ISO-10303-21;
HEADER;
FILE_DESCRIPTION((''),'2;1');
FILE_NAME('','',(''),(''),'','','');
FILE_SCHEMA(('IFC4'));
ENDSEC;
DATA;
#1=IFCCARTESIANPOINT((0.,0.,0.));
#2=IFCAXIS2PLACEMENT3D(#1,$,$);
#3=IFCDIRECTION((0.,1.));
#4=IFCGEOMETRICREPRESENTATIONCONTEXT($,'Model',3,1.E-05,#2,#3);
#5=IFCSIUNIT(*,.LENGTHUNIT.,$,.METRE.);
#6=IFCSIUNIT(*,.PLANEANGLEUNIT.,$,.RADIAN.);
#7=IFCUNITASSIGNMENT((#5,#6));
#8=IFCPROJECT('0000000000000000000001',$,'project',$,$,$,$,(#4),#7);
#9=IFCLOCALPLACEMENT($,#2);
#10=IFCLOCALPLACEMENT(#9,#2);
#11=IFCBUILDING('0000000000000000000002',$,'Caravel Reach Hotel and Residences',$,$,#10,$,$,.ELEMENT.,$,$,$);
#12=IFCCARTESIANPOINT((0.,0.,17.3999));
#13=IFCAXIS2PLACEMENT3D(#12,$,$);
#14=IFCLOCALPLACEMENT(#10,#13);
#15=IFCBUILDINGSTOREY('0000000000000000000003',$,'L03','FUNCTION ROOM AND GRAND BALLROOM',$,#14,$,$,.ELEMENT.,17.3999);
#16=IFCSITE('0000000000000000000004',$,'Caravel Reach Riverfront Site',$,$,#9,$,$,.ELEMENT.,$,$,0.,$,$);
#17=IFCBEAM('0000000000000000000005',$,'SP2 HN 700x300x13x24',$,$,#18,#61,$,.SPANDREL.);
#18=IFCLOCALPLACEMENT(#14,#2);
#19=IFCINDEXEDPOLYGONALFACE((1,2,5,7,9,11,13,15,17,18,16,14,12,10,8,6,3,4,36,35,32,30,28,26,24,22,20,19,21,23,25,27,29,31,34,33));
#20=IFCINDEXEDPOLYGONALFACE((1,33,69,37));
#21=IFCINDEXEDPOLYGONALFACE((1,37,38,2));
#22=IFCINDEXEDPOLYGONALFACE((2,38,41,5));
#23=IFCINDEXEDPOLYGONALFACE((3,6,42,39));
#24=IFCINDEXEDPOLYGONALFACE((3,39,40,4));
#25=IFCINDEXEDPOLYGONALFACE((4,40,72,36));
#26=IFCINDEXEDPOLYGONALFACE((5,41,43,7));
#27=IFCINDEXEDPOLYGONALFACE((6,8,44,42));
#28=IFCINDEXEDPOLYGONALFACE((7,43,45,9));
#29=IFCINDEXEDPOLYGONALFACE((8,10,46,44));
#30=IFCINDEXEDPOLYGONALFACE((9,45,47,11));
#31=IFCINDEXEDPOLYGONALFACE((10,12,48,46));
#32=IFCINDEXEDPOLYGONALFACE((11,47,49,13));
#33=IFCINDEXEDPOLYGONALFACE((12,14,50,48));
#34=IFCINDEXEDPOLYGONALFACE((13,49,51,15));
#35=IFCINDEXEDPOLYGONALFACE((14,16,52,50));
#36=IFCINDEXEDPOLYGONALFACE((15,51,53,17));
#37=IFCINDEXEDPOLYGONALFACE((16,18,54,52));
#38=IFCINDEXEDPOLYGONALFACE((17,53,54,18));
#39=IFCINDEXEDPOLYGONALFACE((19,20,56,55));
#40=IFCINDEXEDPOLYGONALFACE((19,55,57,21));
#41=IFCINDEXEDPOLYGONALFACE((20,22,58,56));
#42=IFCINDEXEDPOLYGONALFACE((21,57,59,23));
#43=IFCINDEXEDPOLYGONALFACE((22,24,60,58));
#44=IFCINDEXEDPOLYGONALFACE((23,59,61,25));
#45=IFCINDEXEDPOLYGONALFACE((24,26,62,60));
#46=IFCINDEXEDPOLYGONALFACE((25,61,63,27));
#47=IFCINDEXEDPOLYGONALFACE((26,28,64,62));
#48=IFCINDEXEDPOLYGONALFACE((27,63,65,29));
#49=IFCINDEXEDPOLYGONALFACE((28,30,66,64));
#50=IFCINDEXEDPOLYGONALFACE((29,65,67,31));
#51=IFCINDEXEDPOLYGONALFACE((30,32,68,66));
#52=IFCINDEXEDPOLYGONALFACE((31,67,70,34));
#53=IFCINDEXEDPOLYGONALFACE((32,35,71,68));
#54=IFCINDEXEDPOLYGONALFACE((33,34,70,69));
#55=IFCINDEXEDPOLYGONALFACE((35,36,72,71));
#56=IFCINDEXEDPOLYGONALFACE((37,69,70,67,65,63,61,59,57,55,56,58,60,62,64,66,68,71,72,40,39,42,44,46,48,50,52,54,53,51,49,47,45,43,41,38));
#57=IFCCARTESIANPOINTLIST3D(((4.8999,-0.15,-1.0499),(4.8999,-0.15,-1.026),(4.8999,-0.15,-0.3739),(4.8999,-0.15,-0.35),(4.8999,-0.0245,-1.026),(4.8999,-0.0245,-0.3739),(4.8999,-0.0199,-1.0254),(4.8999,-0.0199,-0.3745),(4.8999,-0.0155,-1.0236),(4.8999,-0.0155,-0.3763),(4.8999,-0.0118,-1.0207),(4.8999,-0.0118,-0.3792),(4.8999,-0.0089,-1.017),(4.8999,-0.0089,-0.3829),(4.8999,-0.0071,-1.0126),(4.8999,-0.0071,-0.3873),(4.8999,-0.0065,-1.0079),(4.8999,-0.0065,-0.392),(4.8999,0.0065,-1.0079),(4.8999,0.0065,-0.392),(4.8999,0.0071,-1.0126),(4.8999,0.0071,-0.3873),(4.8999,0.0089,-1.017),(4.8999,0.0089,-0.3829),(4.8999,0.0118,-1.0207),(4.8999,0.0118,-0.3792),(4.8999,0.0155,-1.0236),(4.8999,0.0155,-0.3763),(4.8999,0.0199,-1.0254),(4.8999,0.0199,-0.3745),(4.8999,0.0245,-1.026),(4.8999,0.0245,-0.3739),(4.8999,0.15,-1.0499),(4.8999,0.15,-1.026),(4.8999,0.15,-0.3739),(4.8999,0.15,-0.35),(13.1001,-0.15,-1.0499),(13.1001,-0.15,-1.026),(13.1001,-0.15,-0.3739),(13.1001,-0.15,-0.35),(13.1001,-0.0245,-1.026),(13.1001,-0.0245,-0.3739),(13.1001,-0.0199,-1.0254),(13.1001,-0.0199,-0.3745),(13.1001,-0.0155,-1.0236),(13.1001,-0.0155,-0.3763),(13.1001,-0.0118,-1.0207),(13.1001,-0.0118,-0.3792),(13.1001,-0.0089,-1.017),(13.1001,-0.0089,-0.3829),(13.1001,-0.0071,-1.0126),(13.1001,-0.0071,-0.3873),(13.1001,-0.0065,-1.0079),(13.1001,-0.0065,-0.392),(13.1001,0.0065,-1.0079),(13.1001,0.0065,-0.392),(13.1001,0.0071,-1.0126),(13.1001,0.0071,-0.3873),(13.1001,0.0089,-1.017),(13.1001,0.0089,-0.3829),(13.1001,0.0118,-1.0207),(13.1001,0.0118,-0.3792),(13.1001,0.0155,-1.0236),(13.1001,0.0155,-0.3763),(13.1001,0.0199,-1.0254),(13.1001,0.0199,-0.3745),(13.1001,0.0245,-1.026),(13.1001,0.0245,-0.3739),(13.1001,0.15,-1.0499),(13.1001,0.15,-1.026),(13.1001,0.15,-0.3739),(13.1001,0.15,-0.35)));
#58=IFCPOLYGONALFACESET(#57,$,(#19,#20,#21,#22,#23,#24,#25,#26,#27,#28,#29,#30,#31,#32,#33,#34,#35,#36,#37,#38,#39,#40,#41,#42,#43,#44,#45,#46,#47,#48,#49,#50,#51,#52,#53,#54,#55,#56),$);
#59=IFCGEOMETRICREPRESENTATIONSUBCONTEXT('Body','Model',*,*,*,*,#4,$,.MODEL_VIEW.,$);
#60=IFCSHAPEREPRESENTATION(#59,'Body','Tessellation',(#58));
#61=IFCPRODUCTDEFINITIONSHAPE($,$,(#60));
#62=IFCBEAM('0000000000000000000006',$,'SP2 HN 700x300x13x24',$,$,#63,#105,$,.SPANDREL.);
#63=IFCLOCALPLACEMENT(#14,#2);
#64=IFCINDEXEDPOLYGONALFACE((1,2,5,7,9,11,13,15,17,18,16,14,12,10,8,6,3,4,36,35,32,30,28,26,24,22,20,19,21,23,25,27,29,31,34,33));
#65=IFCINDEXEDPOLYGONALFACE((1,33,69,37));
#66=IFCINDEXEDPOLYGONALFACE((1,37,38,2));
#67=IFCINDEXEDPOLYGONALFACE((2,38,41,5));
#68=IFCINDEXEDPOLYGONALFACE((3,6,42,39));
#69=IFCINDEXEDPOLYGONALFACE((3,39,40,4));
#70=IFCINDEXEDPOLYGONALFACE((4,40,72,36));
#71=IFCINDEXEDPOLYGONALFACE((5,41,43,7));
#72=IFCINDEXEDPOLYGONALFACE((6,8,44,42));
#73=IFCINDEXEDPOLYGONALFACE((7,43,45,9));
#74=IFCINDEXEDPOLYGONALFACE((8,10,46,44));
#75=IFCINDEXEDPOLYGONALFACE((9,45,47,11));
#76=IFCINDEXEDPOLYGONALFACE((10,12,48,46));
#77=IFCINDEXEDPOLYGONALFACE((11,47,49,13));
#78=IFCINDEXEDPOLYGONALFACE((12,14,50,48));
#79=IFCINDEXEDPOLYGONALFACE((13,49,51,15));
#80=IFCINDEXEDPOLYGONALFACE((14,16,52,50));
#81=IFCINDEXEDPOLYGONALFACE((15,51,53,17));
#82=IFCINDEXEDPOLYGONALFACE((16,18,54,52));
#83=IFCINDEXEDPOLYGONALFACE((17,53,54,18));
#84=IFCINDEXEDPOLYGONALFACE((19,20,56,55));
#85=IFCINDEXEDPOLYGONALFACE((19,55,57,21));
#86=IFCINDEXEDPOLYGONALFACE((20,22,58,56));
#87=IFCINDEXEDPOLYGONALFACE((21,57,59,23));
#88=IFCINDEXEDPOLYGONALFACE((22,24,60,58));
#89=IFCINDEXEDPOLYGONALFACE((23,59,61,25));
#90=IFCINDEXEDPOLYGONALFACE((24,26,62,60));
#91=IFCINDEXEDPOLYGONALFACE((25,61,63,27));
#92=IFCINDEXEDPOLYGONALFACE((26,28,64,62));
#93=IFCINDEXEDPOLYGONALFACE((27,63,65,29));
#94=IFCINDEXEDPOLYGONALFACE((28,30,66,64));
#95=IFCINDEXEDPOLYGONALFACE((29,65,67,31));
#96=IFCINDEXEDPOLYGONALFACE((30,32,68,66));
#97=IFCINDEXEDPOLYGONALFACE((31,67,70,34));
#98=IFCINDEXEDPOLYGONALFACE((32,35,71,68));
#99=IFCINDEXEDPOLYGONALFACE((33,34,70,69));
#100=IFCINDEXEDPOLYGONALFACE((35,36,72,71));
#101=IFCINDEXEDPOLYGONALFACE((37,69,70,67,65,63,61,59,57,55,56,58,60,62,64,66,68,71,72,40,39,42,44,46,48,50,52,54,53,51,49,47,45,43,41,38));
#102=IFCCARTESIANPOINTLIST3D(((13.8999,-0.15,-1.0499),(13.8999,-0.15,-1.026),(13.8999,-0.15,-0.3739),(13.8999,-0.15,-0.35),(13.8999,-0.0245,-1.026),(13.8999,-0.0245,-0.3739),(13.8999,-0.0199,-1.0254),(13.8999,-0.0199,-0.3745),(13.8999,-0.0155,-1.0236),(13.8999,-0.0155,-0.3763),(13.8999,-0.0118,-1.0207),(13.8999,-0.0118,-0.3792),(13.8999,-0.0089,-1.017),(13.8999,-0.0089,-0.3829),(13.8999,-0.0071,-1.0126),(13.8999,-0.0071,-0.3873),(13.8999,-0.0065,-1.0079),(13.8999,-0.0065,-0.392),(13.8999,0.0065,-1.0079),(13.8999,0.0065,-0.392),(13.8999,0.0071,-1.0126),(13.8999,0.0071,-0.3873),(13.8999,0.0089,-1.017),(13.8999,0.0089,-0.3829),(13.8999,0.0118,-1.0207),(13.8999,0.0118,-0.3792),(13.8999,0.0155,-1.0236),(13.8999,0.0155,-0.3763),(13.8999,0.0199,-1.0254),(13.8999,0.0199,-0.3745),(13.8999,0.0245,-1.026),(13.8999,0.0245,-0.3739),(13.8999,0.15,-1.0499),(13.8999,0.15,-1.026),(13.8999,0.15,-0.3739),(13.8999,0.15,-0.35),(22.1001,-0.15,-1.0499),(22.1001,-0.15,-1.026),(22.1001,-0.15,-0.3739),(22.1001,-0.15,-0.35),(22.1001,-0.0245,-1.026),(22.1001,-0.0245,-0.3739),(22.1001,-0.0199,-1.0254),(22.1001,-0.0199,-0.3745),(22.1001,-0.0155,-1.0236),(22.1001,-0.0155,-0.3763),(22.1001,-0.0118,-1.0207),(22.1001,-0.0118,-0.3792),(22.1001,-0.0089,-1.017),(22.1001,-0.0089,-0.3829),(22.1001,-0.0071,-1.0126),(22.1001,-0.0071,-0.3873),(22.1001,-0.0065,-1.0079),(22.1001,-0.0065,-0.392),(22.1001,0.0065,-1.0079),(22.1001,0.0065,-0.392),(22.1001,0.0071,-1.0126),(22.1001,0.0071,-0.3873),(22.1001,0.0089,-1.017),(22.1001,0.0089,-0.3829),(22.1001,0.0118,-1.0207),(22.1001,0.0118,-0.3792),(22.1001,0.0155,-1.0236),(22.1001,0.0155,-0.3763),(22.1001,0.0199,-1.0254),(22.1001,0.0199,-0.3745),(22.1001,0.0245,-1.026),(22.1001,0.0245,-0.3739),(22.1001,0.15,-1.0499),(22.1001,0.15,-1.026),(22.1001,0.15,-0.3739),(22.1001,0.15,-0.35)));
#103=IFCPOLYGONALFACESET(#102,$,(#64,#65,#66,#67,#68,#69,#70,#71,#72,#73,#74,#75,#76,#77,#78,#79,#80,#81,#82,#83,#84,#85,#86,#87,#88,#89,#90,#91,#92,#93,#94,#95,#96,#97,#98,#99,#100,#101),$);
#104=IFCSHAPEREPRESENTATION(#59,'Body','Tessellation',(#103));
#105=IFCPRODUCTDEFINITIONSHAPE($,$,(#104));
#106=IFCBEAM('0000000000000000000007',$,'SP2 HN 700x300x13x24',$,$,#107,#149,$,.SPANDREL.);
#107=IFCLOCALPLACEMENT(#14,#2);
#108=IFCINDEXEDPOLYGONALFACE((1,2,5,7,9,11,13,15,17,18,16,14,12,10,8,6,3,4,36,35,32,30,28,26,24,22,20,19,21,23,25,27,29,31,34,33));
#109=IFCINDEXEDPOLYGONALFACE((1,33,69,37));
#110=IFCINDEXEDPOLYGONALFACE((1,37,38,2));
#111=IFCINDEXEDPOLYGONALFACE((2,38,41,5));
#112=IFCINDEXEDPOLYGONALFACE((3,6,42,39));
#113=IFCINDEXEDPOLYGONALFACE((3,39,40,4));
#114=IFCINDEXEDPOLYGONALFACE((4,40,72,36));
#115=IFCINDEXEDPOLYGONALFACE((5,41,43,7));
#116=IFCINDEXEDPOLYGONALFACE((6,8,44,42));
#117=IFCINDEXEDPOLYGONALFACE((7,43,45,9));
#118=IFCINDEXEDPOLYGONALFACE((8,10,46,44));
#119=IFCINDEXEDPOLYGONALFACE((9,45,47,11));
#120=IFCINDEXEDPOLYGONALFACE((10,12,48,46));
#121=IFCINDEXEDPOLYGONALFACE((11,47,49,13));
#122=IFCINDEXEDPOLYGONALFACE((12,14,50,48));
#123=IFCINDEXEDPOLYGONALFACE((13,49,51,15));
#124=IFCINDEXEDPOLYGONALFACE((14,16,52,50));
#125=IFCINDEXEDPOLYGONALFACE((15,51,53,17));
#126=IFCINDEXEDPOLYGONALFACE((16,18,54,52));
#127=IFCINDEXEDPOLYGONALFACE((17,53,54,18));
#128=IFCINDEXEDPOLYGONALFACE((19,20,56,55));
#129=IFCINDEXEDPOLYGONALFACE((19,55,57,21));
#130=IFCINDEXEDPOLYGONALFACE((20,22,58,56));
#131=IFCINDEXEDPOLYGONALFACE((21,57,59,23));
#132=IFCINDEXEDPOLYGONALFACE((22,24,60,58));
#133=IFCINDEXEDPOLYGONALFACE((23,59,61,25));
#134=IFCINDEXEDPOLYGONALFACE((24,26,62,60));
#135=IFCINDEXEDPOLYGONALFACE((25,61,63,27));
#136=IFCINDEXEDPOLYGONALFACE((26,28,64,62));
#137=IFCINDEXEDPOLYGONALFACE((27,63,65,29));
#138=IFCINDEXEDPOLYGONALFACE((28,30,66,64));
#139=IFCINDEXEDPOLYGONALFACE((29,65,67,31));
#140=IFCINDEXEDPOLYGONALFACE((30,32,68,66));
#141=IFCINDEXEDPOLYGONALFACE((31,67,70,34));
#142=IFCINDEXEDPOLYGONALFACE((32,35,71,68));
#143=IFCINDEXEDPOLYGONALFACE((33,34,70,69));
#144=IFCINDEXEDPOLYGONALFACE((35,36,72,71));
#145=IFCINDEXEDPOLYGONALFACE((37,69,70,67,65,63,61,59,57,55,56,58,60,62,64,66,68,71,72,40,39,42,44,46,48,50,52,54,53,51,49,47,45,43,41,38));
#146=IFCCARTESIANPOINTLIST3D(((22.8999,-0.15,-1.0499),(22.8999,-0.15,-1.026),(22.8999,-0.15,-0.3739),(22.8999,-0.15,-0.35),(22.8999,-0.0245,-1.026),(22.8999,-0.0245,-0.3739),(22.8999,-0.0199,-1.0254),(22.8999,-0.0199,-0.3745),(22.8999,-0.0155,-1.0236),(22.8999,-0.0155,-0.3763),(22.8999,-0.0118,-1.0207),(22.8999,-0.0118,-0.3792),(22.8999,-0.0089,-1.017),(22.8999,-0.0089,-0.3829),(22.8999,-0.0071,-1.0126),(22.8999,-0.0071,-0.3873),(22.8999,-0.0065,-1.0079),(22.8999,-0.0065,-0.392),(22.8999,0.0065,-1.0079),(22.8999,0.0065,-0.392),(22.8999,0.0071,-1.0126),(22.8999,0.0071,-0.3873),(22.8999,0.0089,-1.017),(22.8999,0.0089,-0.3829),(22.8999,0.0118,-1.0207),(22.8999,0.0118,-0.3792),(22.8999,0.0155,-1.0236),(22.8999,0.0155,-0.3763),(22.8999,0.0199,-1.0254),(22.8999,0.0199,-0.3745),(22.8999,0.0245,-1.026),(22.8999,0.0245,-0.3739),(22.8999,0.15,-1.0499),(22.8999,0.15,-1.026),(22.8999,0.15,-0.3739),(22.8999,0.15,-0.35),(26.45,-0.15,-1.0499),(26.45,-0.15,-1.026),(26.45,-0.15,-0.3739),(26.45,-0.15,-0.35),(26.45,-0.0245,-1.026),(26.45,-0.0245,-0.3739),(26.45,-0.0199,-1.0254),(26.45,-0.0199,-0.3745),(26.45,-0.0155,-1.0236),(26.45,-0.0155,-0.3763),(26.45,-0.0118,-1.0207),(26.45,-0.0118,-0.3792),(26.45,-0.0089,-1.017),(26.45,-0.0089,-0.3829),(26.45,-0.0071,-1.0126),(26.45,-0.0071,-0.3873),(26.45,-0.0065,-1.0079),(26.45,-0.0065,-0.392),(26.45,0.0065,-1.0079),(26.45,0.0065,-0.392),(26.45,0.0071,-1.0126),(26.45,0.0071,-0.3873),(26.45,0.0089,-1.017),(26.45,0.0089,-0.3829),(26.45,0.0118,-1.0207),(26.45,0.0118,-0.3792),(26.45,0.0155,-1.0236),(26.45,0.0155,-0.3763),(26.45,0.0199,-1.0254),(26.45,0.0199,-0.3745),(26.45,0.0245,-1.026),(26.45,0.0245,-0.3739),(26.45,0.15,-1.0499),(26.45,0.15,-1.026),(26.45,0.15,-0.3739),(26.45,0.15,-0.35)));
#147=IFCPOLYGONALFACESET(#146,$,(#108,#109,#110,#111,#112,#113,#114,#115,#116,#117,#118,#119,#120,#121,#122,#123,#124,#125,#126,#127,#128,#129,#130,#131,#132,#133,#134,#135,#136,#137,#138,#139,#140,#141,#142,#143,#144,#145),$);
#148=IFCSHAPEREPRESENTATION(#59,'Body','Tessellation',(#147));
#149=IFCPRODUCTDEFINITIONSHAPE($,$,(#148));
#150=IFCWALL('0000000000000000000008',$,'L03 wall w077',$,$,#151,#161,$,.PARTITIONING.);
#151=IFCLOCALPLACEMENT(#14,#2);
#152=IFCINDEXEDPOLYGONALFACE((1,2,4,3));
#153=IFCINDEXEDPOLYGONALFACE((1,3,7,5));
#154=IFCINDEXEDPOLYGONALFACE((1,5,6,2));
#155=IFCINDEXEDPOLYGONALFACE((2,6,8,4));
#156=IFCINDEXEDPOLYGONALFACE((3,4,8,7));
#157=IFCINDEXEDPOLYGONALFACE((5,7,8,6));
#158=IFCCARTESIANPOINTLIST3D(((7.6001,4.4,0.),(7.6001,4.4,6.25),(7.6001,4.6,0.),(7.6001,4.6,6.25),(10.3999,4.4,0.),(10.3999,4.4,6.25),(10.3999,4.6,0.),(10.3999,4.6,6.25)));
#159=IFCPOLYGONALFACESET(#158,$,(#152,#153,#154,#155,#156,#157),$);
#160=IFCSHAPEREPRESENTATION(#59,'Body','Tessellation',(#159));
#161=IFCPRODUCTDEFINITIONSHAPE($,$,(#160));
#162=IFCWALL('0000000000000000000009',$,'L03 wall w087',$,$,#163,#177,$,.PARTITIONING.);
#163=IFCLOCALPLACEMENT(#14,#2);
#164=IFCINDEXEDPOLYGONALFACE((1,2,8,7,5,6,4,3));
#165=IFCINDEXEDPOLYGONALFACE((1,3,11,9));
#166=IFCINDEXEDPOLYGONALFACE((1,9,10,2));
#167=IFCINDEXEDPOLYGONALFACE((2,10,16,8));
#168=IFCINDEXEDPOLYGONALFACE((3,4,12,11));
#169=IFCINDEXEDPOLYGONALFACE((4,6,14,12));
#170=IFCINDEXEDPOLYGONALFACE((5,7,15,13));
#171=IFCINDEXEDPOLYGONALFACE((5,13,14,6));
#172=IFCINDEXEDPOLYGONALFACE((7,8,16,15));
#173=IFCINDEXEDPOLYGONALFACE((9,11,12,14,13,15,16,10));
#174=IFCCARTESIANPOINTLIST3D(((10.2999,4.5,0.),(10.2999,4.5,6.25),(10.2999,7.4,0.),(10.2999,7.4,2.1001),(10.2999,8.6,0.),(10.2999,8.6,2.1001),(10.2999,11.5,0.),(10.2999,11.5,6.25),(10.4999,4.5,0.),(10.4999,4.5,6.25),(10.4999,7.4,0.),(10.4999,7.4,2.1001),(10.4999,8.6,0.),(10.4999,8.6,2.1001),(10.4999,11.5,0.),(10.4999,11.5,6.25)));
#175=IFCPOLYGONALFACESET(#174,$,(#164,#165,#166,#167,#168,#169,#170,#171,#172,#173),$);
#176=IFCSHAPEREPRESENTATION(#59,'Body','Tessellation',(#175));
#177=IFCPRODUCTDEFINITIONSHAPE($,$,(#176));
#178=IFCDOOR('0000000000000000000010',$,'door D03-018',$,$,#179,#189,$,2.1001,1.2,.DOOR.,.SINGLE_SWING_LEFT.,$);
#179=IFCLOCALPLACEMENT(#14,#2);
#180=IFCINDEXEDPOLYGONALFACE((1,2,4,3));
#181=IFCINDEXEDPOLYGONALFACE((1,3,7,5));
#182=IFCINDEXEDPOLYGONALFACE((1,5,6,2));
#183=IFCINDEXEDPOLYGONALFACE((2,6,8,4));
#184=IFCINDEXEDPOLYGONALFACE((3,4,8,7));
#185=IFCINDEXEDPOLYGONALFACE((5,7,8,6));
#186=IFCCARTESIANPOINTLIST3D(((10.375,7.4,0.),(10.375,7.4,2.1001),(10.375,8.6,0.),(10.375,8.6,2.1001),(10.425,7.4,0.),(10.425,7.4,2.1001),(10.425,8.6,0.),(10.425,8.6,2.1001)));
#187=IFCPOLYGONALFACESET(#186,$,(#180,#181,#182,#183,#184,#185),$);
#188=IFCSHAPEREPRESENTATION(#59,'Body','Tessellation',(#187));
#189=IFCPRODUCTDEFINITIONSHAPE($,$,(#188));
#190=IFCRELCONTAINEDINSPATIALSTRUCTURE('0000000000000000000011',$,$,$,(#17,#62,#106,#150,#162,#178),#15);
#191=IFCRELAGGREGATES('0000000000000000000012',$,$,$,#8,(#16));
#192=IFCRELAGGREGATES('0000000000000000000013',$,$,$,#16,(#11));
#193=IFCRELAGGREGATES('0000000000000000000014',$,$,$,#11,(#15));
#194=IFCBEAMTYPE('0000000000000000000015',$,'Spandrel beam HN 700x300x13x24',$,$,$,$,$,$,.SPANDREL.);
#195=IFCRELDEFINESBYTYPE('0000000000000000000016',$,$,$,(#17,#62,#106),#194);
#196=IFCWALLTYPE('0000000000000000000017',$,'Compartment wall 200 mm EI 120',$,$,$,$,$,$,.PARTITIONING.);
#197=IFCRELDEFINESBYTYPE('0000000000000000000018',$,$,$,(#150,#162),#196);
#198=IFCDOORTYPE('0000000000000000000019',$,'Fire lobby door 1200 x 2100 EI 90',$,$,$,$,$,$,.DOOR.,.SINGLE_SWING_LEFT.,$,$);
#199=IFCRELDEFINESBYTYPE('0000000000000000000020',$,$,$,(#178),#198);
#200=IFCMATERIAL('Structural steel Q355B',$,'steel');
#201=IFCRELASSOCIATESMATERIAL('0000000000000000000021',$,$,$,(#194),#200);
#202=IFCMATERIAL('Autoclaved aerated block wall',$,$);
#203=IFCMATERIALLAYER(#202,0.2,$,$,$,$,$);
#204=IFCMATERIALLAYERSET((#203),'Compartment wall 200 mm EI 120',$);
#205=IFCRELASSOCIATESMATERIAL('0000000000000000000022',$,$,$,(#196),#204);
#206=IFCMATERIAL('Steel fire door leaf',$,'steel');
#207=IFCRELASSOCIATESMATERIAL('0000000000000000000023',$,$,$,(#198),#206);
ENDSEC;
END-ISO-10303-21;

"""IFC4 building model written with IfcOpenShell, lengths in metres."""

from ifc_helpers import new_model, si_unit, direction, frame, frame_2d, origin, origin_2d, place, context, subcontext, project, spatial, rectangle, i_section, extrude, material, layer, layer_set, material_profile, profile_set, type_object, element, fill, save


model = new_model("IFC4")

# Units and contexts
model_context = context("Model", 3, precision=1e-05, world=origin(), true_north=direction((0.0, 1.0)))
body_context = subcontext(model_context, "Body", "Model", "MODEL_VIEW")
ifc_project = project(units=[si_unit("LENGTHUNIT", "METRE"), si_unit("PLANEANGLEUNIT", "RADIAN")], contexts=[model_context])

# Site, building, storey
site_placement = place(None, origin())
site = spatial("IfcSite", under=ifc_project, at=site_placement, Name="Caravel Reach Riverfront Site", CompositionType="ELEMENT", RefElevation=0.0)
building_placement = place(site_placement, origin())
building = spatial("IfcBuilding", under=site, at=building_placement, Name="Caravel Reach Hotel and Residences", CompositionType="ELEMENT")
storey_placement = place(building_placement, frame((0.0, 0.0, 17.3999)))
storey = spatial("IfcBuildingStorey", under=building, at=storey_placement, Name="L03", Description="FUNCTION ROOM AND GRAND BALLROOM", CompositionType="ELEMENT", Elevation=17.3999)

# Beams
ifc_material_1 = material(Name="Structural steel Q355B", Category="steel")
ifc_material_profile_1 = material_profile(ifc_material_1, i_section(OverallWidth=0.3, OverallDepth=0.7, WebThickness=0.0129, FlangeThickness=0.0239, FilletRadius=0.0181, at=origin_2d()), Name="HN 700x300x13x24")
ifc_profile_set_1 = profile_set([ifc_material_profile_1], Name="Structural steel Q355B")
beam_type = type_object("IfcBeamType", Name="Spandrel beam HN 700x300x13x24", PredefinedType="SPANDREL", material=ifc_profile_set_1)
for number, where, z_axis, x_axis, name in (
    (1, (4.8999, 0.0, -0.7), (1.0, 0.0, 0.0), (0.0, 1.0, 0.0), "SP2 HN 700x300x13x24"),
    (2, (13.8999, 0.0, -0.7), (1.0, 0.0, 0.0), (0.0, 1.0, 0.0), "SP2 HN 700x300x13x24"),
):
    element("IfcBeam", number, at=place(storey_placement, frame(where, z_axis=z_axis, x_axis=x_axis)), inside=storey, type_object=beam_type, Name=name, PredefinedType="SPANDREL", context=body_context, shape_type="SweptSolid", body=[
        extrude(i_section(OverallWidth=0.3, OverallDepth=0.7, WebThickness=0.0129, FlangeThickness=0.0239, FilletRadius=0.0181, at=origin_2d()), origin(), (0.0, 0.0, 1.0), 8.2002),
    ])
beam_placement = place(storey_placement, frame((22.8999, 0.0, -0.7), z_axis=(1.0, 0.0, 0.0), x_axis=(0.0, 1.0, 0.0)))
element("IfcBeam", 3, at=beam_placement, inside=storey, type_object=beam_type, Name="SP2 HN 700x300x13x24", PredefinedType="SPANDREL", context=body_context, shape_type="SweptSolid", body=[
    extrude(i_section(OverallWidth=0.3, OverallDepth=0.7, WebThickness=0.0129, FlangeThickness=0.0239, FilletRadius=0.0181, at=origin_2d()), origin(), (0.0, 0.0, 1.0), 3.55),
])

# Wall
ifc_material_2 = material(Name="Autoclaved aerated block wall")
ifc_layer_1 = layer(ifc_material_2, 0.2)
ifc_layer_set_1 = layer_set([ifc_layer_1], Name="Compartment wall 200 mm EI 120")
wall_type_1 = type_object("IfcWallType", Name="Compartment wall 200 mm EI 120", PredefinedType="PARTITIONING", material=ifc_layer_set_1)
wall_1_placement = place(storey_placement, frame((7.6001, 4.5, 0.0), z_axis=(0.0, 0.0, 1.0), x_axis=(1.0, 0.0, 0.0)))
element("IfcWall", 4, at=wall_1_placement, inside=storey, type_object=wall_type_1, Name="L03 wall w077", PredefinedType="PARTITIONING", context=body_context, shape_type="SweptSolid", body=[
    extrude(rectangle(XDim=2.7998, YDim=0.2, at=frame_2d((1.3999, 0.0))), origin(), (0.0, 0.0, 1.0), 6.25),
])

# Wall, opening, door
wall_2_placement = place(storey_placement, frame((10.3999, 4.5, 0.0), z_axis=(0.0, 0.0, 1.0), x_axis=(0.0, 1.0, 0.0)))
wall_2 = element("IfcWall", 5, at=wall_2_placement, inside=storey, type_object=wall_type_1, Name="L03 wall w087", PredefinedType="PARTITIONING", context=body_context, shape_type="SweptSolid", body=[
    extrude(rectangle(XDim=7.0, YDim=0.2, at=frame_2d((3.5, 0.0))), origin(), (0.0, 0.0, 1.0), 6.25),
])
opening_1_placement = place(wall_2_placement, frame((2.8999, 0.0, 0.0)))
opening_1 = element("IfcOpeningElement", 6, at=opening_1_placement, cuts=wall_2, PredefinedType="OPENING", context=body_context, shape_type="SweptSolid", body=[
    extrude(rectangle(XDim=1.2, YDim=2.1001, at=frame_2d((0.6001, 1.05))), frame((0.0, 0.1099, 0.0), z_axis=(0.0, -1.0, 0.0), x_axis=(1.0, 0.0, 0.0)), (0.0, 0.0, 1.0), 0.22),
])
ifc_material_3 = material(Name="Steel fire door leaf", Category="steel")
door_type_1 = type_object("IfcDoorType", Name="Fire lobby door 1200 x 2100 EI 90", OperationType="SINGLE_SWING_LEFT", PredefinedType="DOOR", material=ifc_material_3)
door_1_placement = place(opening_1_placement, origin())
door_1 = element("IfcDoor", 7, at=door_1_placement, inside=storey, type_object=door_type_1, Name="door D03-018", OperationType="SINGLE_SWING_LEFT", OverallHeight=2.1001, OverallWidth=1.2, PredefinedType="DOOR", context=body_context, shape_type="SweptSolid", body=[
    extrude(rectangle(XDim=1.2, YDim=2.1001, at=frame_2d((0.6001, 1.05))), frame((0.0, 0.0249, 0.0), z_axis=(0.0, -1.0, 0.0), x_axis=(1.0, 0.0, 0.0)), (0.0, 0.0, 1.0), 0.05),
])
fill(opening_1, door_1)

save(model, "model.ifc")
